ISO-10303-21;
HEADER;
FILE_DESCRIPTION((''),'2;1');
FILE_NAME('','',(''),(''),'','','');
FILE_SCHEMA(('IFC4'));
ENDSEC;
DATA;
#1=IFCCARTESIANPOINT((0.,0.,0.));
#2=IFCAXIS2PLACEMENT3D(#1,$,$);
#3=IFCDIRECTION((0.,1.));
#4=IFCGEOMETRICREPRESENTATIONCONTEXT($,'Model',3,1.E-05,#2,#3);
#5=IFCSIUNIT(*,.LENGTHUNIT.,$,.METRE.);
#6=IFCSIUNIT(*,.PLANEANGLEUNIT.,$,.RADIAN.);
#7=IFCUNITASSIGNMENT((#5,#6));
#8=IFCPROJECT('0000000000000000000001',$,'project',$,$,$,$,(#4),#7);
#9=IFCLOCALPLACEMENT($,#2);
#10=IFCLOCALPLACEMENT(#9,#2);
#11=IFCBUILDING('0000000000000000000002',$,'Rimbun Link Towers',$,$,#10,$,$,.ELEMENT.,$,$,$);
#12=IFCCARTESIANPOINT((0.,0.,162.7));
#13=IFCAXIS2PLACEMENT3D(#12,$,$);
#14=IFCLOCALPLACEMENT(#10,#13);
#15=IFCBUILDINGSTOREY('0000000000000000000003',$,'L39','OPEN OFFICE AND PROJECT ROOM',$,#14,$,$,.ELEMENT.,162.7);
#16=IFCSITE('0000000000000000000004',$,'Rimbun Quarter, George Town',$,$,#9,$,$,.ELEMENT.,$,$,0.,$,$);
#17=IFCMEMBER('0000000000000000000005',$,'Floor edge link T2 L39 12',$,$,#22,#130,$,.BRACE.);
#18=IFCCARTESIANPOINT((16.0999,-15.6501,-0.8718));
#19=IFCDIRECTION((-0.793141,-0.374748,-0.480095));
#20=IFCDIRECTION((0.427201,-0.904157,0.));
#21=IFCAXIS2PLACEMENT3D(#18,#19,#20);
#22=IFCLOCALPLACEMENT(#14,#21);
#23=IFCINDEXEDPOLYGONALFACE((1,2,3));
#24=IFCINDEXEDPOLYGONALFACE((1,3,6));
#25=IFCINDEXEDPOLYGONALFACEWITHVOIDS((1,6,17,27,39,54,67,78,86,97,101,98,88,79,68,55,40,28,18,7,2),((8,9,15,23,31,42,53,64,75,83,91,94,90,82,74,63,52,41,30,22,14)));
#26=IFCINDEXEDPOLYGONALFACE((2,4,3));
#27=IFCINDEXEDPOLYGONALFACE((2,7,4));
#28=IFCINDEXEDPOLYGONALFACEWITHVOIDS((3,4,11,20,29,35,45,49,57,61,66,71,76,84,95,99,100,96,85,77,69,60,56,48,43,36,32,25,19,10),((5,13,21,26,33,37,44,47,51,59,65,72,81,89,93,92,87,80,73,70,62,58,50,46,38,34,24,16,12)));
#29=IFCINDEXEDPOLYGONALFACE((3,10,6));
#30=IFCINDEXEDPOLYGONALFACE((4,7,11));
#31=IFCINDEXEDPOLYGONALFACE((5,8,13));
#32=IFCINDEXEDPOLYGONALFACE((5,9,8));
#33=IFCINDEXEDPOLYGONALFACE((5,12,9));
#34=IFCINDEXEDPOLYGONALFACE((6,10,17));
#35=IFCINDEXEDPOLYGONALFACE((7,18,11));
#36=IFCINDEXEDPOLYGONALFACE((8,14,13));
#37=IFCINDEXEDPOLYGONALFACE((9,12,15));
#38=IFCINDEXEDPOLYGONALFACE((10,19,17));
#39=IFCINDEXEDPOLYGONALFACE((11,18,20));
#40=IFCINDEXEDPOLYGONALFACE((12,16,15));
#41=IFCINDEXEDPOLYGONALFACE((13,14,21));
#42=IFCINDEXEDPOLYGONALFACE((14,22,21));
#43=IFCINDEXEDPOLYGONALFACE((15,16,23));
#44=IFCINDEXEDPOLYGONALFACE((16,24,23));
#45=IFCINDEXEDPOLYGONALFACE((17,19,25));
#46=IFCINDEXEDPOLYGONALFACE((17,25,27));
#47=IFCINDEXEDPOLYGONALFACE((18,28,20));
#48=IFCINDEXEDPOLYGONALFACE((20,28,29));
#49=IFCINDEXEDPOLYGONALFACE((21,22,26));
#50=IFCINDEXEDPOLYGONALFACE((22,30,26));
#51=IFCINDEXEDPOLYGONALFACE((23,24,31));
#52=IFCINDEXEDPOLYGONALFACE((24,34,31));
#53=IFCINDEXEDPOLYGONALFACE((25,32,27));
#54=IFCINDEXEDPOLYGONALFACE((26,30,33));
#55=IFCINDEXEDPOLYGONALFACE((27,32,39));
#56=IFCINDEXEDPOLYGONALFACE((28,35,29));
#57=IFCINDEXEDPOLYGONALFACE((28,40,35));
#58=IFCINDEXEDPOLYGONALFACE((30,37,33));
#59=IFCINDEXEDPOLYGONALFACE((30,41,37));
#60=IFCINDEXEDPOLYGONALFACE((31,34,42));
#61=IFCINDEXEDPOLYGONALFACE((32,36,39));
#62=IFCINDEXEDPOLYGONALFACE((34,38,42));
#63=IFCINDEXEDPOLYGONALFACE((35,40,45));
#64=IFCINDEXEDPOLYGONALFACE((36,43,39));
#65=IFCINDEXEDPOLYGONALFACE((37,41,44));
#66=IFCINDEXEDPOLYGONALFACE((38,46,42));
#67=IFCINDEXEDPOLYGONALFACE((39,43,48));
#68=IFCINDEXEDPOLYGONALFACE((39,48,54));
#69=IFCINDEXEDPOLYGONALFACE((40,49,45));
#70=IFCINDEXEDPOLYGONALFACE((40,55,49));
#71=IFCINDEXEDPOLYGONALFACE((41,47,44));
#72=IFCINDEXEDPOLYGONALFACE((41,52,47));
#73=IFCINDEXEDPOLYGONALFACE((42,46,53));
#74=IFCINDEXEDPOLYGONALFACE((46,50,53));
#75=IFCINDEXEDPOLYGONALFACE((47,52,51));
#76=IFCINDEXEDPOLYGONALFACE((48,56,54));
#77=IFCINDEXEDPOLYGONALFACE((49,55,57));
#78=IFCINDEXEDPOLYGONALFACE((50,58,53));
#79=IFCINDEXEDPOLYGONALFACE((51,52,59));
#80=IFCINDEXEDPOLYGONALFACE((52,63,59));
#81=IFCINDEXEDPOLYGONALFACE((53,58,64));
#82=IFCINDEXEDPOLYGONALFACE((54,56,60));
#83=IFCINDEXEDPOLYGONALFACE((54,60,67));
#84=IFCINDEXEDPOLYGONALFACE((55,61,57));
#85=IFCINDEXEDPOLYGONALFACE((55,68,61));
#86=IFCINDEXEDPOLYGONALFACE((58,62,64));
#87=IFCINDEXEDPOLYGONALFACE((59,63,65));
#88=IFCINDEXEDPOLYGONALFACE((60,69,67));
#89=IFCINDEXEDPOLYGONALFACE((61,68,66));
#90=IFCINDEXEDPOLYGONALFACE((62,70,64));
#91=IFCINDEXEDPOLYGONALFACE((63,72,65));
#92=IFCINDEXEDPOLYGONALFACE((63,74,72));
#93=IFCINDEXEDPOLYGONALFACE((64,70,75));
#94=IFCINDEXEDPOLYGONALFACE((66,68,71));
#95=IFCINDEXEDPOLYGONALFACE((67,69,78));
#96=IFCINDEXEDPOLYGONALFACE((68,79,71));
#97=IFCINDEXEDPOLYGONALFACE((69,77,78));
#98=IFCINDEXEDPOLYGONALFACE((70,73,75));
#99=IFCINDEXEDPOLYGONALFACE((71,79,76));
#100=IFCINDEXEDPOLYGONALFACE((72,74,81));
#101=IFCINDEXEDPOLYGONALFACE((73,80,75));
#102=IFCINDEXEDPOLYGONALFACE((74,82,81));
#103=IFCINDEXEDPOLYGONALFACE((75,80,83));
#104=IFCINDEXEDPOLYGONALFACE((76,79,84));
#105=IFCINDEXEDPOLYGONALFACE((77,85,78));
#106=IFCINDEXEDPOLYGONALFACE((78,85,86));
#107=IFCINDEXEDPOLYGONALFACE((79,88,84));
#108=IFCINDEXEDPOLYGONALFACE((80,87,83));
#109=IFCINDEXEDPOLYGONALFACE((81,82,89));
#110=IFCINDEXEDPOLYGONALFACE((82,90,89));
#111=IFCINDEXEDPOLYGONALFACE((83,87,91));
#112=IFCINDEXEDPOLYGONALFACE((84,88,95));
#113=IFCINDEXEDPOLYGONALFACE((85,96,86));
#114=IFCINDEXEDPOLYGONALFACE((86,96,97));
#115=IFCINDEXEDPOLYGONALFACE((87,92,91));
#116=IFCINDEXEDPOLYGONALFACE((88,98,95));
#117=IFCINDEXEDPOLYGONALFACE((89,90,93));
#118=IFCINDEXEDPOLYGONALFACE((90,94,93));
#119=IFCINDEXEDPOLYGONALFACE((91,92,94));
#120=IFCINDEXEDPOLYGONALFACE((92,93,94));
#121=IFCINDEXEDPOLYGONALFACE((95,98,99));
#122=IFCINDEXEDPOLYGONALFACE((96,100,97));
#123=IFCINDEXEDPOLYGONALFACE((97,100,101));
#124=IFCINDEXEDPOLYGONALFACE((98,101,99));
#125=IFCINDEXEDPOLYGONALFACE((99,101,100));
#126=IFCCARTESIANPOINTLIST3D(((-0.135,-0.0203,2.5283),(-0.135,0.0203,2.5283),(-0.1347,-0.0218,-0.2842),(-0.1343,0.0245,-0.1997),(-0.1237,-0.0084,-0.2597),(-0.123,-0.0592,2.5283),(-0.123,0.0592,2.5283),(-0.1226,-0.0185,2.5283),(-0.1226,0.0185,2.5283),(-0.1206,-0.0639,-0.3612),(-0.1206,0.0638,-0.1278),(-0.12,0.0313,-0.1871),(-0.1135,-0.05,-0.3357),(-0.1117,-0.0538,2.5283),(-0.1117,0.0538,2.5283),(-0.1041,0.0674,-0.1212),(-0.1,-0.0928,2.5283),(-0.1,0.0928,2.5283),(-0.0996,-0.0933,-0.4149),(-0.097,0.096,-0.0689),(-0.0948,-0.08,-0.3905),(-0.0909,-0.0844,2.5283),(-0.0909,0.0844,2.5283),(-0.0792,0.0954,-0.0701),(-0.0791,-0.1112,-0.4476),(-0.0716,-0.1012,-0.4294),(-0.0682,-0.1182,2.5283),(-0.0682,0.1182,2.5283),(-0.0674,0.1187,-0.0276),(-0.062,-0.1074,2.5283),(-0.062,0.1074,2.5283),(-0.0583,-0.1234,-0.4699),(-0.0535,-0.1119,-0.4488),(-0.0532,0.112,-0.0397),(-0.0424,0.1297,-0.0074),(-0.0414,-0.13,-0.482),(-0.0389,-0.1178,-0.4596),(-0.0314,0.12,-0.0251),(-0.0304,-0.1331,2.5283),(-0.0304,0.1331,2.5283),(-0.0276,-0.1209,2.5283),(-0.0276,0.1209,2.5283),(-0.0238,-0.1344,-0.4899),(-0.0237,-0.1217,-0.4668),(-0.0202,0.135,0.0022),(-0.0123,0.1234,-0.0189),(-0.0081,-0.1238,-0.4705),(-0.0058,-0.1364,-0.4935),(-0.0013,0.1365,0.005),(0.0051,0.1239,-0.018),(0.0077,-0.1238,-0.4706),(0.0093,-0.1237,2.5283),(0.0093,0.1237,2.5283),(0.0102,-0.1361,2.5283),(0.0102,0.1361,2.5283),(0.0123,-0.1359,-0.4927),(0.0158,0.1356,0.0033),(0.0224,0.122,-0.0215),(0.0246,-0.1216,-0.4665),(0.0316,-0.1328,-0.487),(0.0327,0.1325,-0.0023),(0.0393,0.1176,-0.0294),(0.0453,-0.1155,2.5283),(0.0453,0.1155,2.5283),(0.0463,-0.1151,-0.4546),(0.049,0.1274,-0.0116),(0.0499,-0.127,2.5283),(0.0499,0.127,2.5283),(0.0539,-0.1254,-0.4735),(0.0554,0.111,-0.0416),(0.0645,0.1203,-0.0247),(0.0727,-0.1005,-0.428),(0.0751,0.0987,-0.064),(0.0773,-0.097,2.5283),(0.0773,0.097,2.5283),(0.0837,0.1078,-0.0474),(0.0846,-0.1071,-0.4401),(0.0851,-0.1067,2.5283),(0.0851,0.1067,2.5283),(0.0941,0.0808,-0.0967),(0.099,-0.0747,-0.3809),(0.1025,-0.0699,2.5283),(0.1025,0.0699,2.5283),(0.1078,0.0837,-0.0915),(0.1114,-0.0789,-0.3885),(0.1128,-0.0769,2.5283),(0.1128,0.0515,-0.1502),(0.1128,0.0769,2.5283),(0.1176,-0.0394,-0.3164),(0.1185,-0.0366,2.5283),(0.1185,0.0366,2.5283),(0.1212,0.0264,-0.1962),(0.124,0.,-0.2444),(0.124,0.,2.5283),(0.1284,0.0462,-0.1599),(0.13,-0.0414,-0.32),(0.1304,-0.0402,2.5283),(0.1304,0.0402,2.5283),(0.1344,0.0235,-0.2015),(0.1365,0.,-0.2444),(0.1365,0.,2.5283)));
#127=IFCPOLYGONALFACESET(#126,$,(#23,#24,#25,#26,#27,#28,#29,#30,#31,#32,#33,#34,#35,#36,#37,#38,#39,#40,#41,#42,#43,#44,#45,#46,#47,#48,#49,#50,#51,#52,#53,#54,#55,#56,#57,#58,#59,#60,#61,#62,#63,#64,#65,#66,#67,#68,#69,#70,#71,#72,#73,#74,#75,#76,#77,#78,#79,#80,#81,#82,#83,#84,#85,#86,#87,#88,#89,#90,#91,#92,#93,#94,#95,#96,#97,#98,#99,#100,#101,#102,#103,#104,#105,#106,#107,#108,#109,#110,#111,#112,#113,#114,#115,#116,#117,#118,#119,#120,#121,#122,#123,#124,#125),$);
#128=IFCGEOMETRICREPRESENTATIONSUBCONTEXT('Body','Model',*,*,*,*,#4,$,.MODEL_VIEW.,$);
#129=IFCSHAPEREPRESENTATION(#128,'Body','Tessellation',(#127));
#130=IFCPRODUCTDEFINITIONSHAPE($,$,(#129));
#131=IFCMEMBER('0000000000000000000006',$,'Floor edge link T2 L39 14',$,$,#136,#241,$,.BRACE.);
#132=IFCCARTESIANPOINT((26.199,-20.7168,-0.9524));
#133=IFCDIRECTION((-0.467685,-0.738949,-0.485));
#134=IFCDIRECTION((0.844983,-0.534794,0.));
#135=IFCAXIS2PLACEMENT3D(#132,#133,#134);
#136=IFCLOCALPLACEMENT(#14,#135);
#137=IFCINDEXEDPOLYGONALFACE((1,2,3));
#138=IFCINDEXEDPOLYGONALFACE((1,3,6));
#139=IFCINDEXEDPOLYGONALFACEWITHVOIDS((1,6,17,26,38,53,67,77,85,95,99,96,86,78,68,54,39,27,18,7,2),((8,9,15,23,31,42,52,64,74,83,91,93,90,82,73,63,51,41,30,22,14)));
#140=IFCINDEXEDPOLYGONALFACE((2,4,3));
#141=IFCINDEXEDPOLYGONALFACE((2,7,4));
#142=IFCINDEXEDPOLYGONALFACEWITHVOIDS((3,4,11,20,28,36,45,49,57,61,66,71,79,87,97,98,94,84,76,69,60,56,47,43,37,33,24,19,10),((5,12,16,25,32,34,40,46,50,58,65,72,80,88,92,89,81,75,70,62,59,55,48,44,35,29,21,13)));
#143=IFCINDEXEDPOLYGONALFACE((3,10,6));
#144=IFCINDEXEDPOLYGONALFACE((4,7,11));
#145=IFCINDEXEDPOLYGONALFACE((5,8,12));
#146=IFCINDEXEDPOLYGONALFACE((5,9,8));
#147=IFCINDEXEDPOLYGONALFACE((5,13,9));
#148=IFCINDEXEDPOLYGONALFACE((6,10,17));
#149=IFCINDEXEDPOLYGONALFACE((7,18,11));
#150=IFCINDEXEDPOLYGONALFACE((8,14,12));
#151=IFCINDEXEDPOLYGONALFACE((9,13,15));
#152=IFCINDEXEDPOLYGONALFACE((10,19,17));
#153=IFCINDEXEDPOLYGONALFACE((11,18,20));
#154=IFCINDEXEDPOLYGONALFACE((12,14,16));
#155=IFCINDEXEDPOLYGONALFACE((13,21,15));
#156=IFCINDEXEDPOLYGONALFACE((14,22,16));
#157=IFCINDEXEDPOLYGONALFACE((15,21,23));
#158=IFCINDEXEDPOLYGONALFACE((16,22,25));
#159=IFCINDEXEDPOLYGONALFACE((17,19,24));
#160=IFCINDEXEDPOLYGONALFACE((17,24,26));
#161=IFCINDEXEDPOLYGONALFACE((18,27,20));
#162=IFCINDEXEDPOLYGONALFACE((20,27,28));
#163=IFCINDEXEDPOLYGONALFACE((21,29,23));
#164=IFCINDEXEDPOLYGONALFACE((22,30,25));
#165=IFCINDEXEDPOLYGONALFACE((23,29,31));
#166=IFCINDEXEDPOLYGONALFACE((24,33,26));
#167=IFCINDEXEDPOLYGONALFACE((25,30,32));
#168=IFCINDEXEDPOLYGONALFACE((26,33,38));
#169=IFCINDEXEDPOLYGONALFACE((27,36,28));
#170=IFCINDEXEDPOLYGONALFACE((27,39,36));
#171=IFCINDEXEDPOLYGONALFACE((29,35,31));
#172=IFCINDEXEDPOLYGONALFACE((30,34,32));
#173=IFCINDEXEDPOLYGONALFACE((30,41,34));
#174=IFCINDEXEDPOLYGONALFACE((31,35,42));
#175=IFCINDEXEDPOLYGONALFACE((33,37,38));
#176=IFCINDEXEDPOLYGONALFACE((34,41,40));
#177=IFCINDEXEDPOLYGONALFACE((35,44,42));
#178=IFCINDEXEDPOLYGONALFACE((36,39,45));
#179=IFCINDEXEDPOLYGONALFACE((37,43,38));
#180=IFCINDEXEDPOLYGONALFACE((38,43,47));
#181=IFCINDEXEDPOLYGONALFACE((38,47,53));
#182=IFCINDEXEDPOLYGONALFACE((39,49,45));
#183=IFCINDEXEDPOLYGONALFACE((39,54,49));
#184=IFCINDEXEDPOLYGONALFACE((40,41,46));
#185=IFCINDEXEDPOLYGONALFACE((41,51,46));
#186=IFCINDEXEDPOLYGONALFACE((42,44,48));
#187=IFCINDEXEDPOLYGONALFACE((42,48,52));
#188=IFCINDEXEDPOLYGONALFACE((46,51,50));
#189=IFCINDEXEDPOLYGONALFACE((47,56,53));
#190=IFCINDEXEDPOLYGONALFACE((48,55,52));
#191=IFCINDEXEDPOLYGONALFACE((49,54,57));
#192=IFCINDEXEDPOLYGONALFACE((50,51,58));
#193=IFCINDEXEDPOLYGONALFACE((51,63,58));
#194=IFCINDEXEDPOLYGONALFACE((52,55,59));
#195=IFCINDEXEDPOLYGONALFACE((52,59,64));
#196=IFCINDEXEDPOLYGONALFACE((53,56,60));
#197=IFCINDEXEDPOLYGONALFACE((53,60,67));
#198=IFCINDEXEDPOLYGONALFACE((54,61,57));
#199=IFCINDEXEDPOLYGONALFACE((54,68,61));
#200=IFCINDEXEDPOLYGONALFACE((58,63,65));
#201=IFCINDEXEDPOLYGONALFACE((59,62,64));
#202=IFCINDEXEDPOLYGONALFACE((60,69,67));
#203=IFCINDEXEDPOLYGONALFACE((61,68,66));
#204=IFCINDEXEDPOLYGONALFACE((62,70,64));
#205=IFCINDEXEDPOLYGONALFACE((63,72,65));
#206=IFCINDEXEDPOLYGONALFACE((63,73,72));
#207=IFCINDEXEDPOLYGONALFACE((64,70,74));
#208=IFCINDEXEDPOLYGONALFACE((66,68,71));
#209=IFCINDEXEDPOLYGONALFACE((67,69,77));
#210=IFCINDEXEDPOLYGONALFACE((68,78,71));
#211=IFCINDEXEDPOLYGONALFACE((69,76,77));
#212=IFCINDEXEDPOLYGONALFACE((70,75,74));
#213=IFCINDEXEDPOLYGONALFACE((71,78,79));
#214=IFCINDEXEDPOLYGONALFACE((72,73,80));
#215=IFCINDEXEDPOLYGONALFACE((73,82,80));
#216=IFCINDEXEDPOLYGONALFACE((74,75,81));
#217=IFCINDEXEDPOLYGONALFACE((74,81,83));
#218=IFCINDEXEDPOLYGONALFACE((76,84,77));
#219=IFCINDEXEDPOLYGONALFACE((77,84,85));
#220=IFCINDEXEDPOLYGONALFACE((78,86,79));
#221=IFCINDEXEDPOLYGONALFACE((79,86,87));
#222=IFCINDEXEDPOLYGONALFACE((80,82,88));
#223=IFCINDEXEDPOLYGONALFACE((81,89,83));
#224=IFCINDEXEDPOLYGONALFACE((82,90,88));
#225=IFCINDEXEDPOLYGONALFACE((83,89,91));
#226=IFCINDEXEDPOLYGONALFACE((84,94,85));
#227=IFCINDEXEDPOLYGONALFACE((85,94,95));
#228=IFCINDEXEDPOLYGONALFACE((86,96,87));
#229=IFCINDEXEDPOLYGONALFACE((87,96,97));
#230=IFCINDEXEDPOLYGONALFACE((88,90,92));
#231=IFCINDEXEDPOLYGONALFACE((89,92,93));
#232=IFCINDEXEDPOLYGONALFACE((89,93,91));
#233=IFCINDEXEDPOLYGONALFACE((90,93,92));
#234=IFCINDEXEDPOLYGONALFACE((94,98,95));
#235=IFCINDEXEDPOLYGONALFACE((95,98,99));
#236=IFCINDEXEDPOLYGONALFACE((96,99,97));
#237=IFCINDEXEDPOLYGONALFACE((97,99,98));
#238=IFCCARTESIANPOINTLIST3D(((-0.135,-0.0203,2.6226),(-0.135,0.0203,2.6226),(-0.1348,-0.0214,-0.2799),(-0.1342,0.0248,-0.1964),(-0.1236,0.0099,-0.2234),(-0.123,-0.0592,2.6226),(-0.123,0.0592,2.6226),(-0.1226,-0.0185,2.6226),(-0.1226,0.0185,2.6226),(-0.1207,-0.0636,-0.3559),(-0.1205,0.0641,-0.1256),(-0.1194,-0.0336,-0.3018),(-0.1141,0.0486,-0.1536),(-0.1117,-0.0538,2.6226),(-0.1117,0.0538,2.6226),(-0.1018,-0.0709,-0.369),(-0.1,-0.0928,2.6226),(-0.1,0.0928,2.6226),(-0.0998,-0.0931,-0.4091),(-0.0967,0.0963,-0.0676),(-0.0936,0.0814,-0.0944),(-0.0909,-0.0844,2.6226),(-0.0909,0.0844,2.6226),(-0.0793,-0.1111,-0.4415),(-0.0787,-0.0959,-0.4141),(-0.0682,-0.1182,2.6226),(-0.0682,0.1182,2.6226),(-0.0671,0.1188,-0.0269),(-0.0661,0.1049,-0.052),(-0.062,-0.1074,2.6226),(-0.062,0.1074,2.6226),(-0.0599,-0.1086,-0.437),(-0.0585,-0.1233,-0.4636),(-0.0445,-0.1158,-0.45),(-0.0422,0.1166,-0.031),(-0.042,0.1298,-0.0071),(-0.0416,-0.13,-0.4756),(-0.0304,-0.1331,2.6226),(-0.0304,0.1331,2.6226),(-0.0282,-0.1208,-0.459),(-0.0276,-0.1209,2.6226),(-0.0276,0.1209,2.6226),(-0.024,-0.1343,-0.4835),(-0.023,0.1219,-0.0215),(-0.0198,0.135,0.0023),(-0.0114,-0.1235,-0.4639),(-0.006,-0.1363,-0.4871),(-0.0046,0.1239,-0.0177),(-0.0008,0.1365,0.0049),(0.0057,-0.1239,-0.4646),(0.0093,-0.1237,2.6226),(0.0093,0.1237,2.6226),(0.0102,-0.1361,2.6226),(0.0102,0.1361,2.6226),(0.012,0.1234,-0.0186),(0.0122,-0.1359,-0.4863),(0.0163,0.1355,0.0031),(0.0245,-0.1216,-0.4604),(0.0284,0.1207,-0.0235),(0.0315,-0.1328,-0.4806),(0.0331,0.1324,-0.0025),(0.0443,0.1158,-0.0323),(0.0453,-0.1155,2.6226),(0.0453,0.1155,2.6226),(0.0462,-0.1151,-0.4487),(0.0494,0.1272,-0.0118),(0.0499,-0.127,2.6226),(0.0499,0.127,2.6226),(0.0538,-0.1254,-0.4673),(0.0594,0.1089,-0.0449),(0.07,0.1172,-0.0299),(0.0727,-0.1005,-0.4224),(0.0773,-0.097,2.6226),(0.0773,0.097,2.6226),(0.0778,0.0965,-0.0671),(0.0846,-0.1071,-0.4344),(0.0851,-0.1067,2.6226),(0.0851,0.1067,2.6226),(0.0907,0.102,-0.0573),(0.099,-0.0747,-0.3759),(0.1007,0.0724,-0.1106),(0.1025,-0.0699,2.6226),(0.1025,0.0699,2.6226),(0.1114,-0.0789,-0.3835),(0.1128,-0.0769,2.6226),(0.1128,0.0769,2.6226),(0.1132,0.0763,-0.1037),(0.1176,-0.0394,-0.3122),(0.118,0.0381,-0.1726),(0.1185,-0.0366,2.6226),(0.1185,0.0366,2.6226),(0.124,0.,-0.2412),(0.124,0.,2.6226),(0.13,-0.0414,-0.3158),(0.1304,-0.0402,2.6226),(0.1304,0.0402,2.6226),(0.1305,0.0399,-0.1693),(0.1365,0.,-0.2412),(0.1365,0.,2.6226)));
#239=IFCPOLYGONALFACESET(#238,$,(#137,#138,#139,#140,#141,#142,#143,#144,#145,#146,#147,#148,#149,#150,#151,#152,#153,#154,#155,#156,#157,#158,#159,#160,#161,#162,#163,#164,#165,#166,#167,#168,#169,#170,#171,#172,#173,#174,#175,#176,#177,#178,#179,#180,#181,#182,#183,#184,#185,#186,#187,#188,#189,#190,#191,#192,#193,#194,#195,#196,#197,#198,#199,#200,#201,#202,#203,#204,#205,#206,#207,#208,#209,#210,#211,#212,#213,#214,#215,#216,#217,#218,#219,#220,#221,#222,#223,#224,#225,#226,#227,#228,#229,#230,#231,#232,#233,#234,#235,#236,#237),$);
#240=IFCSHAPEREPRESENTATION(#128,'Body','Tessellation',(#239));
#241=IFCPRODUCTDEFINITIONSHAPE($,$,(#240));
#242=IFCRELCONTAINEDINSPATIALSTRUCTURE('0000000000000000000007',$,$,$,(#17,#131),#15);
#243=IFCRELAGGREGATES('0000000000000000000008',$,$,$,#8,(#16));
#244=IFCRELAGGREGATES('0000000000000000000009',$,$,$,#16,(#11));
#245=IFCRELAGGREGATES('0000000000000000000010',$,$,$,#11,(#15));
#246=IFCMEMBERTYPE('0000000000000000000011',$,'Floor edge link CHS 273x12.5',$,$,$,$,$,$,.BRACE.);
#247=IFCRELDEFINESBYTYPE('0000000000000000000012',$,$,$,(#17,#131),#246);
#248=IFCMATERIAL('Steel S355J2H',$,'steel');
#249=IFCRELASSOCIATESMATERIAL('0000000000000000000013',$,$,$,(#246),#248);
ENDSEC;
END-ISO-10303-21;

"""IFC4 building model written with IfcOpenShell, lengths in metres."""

from ifc_helpers import new_model, si_unit, direction, frame, origin, origin_2d, place, context, subcontext, project, spatial, hollow_circle, extrude, clip, halfspace, material, material_profile, profile_set, type_object, element, save


model = new_model("IFC4")

# Units and contexts
model_context = context("Model", 3, precision=1e-05, world=origin(), true_north=direction((0.0, 1.0)))
body_context = subcontext(model_context, "Body", "Model", "MODEL_VIEW")
ifc_project = project(units=[si_unit("LENGTHUNIT", "METRE"), si_unit("PLANEANGLEUNIT", "RADIAN")], contexts=[model_context])

# Site, building, storey
site_placement = place(None, origin())
site = spatial("IfcSite", under=ifc_project, at=site_placement, Name="Rimbun Quarter, George Town", CompositionType="ELEMENT", RefElevation=0.0)
building_placement = place(site_placement, origin())
building = spatial("IfcBuilding", under=site, at=building_placement, Name="Rimbun Link Towers", CompositionType="ELEMENT")
storey_placement = place(building_placement, frame((0.0, 0.0, 162.7)))
storey = spatial("IfcBuildingStorey", under=building, at=storey_placement, Name="L39", Description="OPEN OFFICE AND PROJECT ROOM", CompositionType="ELEMENT", Elevation=162.7)

# Members
ifc_material_1 = material(Name="Steel S355J2H", Category="steel")
ifc_material_profile_1 = material_profile(ifc_material_1, hollow_circle(Radius=0.1365, WallThickness=0.0125, at=origin_2d()), Name="CHS 273x12.5")
ifc_profile_set_1 = profile_set([ifc_material_profile_1], Name="Steel S355J2H")
member_type_1 = type_object("IfcMemberType", Name="Floor edge link CHS 273x12.5", PredefinedType="BRACE", material=ifc_profile_set_1)
member_1_placement = place(storey_placement, frame((16.0999, -15.6501, -0.8718), z_axis=(-0.793141, -0.374748, -0.480095), x_axis=(0.427201, -0.904157, 0.0)))
element("IfcMember", 1, at=member_1_placement, inside=storey, type_object=member_type_1, Name="Floor edge link T2 L39 12", PredefinedType="BRACE", context=body_context, shape_type="Clipping", body=[
    clip(extrude(hollow_circle(Radius=0.1365, WallThickness=0.0125, at=origin_2d()), frame((0.0, 0.0, -0.5198)), (0.0, 0.0, 1.0), 3.0481), halfspace(frame((0.0, 0.0, -0.2444), z_axis=(0.0, 0.877217, -0.480095)), False)),
])
member_2_placement = place(storey_placement, frame((26.199, -20.7168, -0.9524), z_axis=(-0.467685, -0.738949, -0.485), x_axis=(0.844983, -0.534794, 0.0)))
element("IfcMember", 2, at=member_2_placement, inside=storey, type_object=member_type_1, Name="Floor edge link T2 L39 14", PredefinedType="BRACE", context=body_context, shape_type="Clipping", body=[
    clip(extrude(hollow_circle(Radius=0.1365, WallThickness=0.0125, at=origin_2d()), frame((0.0, 0.0, -0.5129)), (0.0, 0.0, 1.0), 3.1355), halfspace(frame((0.0, 0.0, -0.2412), z_axis=(0.0, 0.874514, -0.485)), False)),
])

save(model, "model.ifc")
